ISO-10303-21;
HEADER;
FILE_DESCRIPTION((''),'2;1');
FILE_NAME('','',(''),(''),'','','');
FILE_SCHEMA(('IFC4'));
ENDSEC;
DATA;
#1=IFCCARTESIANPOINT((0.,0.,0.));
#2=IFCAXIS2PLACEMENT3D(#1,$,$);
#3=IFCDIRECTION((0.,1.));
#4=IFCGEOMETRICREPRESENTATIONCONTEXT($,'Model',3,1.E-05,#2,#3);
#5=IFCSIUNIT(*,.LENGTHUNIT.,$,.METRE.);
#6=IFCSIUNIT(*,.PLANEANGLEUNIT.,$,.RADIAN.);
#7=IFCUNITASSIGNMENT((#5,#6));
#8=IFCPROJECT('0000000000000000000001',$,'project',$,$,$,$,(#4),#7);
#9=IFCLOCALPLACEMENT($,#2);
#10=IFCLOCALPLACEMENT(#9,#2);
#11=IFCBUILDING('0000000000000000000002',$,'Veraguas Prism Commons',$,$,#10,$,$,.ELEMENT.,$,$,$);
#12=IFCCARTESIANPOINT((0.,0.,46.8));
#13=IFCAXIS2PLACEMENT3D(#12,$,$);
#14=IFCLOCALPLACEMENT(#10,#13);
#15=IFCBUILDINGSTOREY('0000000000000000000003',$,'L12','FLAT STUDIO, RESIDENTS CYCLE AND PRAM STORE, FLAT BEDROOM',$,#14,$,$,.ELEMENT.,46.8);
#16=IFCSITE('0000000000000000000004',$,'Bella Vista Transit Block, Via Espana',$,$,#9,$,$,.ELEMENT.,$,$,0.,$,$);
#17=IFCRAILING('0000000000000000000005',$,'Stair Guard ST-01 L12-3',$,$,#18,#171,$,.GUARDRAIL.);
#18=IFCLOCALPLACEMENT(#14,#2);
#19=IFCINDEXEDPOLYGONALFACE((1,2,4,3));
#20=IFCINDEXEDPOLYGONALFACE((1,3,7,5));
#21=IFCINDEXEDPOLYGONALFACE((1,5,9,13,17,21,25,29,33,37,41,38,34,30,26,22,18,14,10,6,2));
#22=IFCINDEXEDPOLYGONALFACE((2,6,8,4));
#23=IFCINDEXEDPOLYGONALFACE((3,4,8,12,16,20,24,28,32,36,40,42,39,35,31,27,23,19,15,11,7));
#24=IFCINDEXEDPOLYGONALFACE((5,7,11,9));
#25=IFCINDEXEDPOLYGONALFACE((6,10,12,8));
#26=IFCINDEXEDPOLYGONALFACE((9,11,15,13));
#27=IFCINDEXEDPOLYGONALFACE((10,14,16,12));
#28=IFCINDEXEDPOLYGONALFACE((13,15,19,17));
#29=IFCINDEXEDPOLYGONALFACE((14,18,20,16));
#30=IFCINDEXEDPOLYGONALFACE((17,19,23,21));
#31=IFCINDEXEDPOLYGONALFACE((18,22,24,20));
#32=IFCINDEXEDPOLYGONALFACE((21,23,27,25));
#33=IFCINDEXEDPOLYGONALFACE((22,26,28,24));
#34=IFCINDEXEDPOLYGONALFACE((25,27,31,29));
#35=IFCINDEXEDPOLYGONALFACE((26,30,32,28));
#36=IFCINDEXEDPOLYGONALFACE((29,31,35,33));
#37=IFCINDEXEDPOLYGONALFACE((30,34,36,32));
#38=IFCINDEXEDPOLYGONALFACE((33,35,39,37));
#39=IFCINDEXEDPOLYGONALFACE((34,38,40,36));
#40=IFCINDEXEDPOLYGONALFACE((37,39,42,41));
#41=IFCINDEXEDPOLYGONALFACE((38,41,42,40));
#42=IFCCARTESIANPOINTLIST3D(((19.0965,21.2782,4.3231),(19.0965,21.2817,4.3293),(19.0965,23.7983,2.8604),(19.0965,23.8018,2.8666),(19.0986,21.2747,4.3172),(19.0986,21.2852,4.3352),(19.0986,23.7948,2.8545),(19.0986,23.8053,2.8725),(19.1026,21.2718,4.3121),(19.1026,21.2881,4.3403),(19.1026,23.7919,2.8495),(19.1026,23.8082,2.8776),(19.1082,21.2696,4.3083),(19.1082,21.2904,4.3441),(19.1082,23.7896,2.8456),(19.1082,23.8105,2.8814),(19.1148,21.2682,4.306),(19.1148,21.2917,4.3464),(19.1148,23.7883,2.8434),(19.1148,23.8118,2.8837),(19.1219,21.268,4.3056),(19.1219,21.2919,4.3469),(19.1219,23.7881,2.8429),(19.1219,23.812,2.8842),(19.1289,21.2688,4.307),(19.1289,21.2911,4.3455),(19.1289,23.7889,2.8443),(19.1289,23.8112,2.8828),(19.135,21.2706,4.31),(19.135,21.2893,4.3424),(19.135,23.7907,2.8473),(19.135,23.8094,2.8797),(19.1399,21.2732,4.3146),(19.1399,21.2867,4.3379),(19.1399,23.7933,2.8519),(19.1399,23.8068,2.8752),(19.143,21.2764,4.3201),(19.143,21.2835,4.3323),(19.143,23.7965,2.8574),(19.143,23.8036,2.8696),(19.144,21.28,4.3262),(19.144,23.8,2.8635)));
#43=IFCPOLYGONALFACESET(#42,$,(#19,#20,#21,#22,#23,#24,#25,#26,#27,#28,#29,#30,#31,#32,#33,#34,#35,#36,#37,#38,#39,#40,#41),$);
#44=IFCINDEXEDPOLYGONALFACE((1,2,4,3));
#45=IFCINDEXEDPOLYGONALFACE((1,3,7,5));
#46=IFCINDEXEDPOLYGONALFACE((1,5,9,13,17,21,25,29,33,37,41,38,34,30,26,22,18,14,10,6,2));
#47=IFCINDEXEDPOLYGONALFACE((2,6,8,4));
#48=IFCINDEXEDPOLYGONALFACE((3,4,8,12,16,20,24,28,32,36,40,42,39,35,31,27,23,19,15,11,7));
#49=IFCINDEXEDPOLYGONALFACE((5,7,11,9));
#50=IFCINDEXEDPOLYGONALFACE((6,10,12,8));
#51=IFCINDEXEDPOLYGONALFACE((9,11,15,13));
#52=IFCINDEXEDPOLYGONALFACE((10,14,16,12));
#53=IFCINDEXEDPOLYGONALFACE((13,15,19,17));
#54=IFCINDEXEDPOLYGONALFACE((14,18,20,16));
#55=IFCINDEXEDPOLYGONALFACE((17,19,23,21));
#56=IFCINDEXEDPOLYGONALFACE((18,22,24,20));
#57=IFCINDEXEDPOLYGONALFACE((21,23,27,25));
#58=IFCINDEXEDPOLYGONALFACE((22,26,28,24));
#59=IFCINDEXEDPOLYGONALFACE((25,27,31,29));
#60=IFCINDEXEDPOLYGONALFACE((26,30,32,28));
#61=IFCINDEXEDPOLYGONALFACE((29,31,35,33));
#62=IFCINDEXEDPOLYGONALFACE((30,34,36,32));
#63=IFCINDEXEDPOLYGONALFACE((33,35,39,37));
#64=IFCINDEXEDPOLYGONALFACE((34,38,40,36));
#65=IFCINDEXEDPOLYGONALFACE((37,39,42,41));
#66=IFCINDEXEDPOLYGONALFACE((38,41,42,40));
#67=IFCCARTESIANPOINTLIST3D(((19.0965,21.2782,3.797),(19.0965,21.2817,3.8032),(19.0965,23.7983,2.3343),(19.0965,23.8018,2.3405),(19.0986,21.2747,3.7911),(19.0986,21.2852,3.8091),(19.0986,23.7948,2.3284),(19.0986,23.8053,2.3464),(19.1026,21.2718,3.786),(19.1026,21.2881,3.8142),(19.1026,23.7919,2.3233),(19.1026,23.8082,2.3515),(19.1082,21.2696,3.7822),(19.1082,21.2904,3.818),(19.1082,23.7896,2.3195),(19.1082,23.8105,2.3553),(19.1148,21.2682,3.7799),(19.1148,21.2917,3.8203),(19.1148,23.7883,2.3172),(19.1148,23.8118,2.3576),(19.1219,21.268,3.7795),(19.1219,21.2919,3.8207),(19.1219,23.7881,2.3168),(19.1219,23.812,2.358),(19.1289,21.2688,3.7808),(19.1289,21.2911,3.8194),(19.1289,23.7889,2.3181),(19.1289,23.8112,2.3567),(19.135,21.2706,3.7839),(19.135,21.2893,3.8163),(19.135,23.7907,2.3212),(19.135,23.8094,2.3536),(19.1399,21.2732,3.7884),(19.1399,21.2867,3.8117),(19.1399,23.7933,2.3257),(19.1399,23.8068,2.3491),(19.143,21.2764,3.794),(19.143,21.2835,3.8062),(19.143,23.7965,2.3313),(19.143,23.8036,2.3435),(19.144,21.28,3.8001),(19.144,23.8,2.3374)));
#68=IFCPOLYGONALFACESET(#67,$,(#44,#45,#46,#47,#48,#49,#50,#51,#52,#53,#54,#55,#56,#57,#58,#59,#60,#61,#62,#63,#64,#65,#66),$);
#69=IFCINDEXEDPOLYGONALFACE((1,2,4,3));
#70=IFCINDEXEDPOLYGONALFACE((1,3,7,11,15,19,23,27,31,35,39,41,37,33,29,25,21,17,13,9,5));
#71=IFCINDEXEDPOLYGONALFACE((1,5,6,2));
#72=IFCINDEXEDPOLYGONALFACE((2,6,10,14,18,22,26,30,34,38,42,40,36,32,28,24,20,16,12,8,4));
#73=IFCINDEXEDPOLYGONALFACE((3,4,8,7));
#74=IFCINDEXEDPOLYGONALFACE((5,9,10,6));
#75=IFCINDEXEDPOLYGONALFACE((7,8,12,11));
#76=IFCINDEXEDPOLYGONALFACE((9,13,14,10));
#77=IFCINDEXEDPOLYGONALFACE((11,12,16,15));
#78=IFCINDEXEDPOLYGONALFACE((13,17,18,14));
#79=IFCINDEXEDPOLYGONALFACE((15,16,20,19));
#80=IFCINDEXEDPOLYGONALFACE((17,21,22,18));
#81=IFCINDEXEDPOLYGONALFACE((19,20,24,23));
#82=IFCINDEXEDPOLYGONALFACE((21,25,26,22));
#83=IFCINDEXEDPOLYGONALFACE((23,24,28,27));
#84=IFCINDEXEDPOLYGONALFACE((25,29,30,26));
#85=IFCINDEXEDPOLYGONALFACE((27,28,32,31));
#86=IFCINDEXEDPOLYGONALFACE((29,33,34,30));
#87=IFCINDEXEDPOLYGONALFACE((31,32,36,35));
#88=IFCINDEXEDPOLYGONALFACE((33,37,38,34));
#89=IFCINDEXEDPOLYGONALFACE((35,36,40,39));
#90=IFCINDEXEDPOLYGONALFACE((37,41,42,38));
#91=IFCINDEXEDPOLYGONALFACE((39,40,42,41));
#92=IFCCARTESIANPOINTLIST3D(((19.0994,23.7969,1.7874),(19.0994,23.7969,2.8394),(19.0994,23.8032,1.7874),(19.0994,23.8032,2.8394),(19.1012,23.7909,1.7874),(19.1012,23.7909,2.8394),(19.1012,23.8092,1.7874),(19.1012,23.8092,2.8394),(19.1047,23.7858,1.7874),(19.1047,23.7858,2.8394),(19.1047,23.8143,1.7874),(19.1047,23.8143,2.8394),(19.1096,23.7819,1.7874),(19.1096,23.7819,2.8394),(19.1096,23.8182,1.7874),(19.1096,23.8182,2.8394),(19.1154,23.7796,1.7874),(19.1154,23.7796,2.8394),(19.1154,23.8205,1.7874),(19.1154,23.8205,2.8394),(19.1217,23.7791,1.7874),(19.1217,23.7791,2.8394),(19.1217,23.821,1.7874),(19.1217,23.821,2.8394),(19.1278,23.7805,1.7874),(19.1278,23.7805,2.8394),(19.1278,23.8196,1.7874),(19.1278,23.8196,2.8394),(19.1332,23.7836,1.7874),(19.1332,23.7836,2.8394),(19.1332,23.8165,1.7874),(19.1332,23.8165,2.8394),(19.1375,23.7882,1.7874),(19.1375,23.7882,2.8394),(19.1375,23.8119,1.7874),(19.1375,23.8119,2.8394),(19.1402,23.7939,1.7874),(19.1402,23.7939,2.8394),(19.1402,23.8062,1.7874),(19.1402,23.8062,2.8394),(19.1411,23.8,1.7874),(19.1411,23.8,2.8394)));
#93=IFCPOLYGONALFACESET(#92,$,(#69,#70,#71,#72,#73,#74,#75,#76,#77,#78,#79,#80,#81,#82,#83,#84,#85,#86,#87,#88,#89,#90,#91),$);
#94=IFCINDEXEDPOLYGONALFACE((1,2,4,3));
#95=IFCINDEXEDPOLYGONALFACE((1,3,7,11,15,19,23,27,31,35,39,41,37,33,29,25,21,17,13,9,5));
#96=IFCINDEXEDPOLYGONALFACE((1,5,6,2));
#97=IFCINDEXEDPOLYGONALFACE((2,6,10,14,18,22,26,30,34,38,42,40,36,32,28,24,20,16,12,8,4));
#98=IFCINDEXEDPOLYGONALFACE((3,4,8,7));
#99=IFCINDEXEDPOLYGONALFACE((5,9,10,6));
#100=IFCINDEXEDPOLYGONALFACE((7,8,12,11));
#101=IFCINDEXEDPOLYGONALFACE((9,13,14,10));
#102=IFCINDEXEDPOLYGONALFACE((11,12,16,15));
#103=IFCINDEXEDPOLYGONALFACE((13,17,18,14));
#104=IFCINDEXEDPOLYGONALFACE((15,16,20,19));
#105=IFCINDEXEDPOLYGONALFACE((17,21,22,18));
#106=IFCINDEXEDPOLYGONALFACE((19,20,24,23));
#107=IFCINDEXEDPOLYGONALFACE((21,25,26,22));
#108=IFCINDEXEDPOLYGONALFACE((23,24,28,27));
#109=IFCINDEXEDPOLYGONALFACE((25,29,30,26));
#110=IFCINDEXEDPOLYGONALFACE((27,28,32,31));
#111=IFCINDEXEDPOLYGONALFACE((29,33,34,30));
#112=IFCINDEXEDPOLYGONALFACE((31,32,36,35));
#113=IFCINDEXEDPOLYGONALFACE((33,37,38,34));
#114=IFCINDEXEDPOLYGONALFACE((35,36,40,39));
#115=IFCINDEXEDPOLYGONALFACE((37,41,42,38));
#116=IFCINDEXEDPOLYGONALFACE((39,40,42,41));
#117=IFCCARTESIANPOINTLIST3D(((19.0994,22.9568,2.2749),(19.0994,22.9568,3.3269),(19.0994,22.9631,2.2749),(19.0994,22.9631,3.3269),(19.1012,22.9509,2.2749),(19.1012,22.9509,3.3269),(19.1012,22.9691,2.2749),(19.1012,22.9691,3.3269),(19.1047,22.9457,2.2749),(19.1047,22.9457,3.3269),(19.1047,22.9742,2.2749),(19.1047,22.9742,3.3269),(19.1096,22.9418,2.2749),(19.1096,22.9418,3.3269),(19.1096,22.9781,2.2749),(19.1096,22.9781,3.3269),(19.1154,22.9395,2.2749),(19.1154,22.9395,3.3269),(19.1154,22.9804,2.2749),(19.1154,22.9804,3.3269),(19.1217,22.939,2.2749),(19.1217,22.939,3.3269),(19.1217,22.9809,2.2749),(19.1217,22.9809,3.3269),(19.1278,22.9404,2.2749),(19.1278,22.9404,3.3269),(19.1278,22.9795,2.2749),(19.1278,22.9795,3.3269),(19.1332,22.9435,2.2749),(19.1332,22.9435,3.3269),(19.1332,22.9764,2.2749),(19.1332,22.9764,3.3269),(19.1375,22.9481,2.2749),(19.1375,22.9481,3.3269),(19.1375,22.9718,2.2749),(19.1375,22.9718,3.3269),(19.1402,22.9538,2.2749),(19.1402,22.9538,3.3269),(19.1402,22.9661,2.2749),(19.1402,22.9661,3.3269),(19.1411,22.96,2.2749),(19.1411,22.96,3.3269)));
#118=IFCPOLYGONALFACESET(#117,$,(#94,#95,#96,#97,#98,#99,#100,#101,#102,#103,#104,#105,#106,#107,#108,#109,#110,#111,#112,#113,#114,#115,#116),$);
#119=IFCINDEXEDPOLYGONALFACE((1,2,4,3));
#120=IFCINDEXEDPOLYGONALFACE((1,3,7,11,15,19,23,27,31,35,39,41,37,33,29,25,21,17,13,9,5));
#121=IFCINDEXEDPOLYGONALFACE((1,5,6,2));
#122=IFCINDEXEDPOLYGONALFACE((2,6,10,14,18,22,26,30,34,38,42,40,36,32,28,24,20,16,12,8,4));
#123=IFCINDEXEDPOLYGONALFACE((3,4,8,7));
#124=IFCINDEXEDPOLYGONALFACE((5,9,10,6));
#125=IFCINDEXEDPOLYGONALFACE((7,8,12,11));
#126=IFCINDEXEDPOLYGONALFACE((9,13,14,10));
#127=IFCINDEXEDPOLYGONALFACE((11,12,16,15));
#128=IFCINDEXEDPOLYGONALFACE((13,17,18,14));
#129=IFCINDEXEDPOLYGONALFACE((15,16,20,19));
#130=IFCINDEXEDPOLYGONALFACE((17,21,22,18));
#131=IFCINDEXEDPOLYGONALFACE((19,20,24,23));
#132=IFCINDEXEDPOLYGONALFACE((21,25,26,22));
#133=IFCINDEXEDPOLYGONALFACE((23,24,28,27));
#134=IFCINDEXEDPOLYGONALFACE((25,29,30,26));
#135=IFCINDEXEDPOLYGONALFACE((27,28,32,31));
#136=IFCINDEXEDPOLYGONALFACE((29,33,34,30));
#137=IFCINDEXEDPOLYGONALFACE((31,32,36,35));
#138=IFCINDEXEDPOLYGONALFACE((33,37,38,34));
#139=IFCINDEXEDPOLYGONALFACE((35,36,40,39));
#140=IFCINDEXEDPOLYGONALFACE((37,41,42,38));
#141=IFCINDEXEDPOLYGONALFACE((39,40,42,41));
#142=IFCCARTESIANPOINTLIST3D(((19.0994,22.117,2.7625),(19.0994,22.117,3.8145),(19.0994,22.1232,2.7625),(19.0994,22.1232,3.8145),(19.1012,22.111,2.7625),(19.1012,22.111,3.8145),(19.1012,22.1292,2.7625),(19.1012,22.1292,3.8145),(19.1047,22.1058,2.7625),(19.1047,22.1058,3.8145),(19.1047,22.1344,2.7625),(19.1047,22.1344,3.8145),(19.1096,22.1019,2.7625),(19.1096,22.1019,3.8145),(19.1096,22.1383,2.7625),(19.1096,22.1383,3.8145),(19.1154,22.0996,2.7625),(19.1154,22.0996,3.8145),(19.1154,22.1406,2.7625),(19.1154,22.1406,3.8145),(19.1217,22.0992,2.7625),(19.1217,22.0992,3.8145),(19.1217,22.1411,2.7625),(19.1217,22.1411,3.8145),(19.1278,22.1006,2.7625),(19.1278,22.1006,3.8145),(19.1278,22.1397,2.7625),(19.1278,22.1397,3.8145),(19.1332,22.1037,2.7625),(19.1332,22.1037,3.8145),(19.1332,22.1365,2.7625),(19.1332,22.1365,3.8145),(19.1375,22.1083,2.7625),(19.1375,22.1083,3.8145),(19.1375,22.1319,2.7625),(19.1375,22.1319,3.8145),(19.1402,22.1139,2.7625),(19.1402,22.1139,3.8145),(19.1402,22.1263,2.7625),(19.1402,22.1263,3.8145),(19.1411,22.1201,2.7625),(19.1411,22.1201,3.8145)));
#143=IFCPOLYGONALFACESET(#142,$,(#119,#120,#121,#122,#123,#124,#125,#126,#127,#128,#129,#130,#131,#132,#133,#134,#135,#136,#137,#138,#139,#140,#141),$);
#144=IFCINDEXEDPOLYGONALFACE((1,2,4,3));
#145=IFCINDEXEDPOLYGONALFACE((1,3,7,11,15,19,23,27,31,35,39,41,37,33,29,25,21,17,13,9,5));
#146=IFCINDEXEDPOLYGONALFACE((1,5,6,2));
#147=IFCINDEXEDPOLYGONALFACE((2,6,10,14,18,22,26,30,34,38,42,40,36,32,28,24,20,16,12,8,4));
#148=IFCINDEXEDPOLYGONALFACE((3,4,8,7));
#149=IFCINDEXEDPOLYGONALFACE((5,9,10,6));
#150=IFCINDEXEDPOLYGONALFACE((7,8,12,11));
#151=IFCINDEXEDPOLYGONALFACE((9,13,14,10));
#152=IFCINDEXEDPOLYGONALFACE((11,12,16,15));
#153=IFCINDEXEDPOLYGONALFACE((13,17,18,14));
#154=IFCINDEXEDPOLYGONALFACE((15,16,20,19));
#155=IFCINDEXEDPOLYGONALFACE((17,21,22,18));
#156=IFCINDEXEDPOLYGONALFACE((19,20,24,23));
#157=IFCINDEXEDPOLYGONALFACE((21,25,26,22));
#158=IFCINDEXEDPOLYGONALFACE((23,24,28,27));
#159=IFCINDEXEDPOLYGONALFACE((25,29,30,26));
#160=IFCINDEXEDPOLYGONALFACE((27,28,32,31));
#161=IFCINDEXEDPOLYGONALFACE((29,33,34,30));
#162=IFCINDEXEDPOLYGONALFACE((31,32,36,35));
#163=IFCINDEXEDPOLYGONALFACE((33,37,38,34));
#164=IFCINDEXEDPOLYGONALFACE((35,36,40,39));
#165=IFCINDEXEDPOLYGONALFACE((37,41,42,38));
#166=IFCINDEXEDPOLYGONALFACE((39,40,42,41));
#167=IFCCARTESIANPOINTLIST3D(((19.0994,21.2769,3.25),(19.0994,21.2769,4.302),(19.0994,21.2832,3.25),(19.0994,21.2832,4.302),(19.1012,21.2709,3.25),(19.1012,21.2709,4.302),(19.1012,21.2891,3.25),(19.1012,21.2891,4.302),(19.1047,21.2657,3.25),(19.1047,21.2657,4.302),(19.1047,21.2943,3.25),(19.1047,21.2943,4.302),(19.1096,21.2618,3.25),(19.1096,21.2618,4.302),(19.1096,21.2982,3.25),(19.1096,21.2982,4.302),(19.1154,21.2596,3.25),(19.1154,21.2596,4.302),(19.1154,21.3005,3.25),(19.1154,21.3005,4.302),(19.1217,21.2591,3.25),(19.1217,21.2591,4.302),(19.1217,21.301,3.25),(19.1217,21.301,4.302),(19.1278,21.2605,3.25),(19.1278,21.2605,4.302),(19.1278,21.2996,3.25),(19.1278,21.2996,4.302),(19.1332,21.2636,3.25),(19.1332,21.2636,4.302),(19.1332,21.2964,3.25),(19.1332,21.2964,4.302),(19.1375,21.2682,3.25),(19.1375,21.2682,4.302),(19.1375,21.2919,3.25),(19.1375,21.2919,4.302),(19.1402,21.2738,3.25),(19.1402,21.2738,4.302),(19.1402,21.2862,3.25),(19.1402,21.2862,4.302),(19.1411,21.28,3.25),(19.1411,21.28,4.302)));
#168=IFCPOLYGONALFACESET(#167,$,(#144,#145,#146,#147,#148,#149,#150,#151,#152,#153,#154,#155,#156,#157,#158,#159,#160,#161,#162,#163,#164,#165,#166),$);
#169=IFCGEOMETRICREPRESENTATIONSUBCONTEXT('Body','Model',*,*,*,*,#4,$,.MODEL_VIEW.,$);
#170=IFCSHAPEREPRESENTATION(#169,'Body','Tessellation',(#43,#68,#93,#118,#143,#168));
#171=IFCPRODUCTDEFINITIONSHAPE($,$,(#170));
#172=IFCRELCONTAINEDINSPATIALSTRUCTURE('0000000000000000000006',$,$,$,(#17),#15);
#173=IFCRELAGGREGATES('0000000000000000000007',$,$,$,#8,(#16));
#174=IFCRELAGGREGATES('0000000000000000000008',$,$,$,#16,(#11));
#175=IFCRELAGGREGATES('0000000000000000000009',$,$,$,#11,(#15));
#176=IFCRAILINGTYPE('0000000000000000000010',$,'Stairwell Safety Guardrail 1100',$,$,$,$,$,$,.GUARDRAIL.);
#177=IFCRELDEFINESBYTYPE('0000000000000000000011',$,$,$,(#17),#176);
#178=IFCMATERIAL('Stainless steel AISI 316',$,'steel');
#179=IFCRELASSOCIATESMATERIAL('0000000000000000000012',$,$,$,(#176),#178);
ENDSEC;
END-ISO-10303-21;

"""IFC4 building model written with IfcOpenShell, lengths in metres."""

from ifc_helpers import new_model, si_unit, direction, frame, origin, origin_2d, place, context, subcontext, project, spatial, circle, extrude, material, type_object, element, save


model = new_model("IFC4")

# Units and contexts
model_context = context("Model", 3, precision=1e-05, world=origin(), true_north=direction((0.0, 1.0)))
body_context = subcontext(model_context, "Body", "Model", "MODEL_VIEW")
ifc_project = project(units=[si_unit("LENGTHUNIT", "METRE"), si_unit("PLANEANGLEUNIT", "RADIAN")], contexts=[model_context])

# Site, building, storey
site_placement = place(None, origin())
site = spatial("IfcSite", under=ifc_project, at=site_placement, Name="Bella Vista Transit Block, Via Espana", CompositionType="ELEMENT", RefElevation=0.0)
building_placement = place(site_placement, origin())
building = spatial("IfcBuilding", under=site, at=building_placement, Name="Veraguas Prism Commons", CompositionType="ELEMENT")
storey_placement = place(building_placement, frame((0.0, 0.0, 46.8)))
storey = spatial("IfcBuildingStorey", under=building, at=storey_placement, Name="L12", Description="FLAT STUDIO, RESIDENTS CYCLE AND PRAM STORE, FLAT BEDROOM", CompositionType="ELEMENT", Elevation=46.8)

# Railing
ifc_material_1 = material(Name="Stainless steel AISI 316", Category="steel")
railing_type_1 = type_object("IfcRailingType", Name="Stairwell Safety Guardrail 1100", PredefinedType="GUARDRAIL", material=ifc_material_1)
railing_1_placement = place(storey_placement, frame((19.1201, 23.8, 1.7874)))
element("IfcRailing", 1, at=railing_1_placement, inside=storey, type_object=railing_type_1, Name="Stair Guard ST-01 L12-3", PredefinedType="GUARDRAIL", context=body_context, shape_type="SweptSolid", body=[
    extrude(circle(Radius=0.0239, at=origin_2d()), frame((0.0, 0.0, 1.0762), z_axis=(0.0, -0.864877, 0.501984), x_axis=(1.0, 0.0, 0.0)), (0.0, 0.0, 1.0), 2.9138),
    extrude(circle(Radius=0.0239, at=origin_2d()), frame((0.0, 0.0, 0.55), z_axis=(0.0, -0.864877, 0.501984), x_axis=(1.0, 0.0, 0.0)), (0.0, 0.0, 1.0), 2.9138),
    extrude(circle(Radius=0.021, at=origin_2d()), origin(), (0.0, 0.0, 1.0), 1.052),
    extrude(circle(Radius=0.021, at=origin_2d()), frame((0.0, -0.8401, 0.4875)), (0.0, 0.0, 1.0), 1.052),
    extrude(circle(Radius=0.021, at=origin_2d()), frame((0.0, -1.6799, 0.9751)), (0.0, 0.0, 1.0), 1.052),
    extrude(circle(Radius=0.021, at=origin_2d()), frame((0.0, -2.52, 1.4626)), (0.0, 0.0, 1.0), 1.052),
])

save(model, "model.ifc")
